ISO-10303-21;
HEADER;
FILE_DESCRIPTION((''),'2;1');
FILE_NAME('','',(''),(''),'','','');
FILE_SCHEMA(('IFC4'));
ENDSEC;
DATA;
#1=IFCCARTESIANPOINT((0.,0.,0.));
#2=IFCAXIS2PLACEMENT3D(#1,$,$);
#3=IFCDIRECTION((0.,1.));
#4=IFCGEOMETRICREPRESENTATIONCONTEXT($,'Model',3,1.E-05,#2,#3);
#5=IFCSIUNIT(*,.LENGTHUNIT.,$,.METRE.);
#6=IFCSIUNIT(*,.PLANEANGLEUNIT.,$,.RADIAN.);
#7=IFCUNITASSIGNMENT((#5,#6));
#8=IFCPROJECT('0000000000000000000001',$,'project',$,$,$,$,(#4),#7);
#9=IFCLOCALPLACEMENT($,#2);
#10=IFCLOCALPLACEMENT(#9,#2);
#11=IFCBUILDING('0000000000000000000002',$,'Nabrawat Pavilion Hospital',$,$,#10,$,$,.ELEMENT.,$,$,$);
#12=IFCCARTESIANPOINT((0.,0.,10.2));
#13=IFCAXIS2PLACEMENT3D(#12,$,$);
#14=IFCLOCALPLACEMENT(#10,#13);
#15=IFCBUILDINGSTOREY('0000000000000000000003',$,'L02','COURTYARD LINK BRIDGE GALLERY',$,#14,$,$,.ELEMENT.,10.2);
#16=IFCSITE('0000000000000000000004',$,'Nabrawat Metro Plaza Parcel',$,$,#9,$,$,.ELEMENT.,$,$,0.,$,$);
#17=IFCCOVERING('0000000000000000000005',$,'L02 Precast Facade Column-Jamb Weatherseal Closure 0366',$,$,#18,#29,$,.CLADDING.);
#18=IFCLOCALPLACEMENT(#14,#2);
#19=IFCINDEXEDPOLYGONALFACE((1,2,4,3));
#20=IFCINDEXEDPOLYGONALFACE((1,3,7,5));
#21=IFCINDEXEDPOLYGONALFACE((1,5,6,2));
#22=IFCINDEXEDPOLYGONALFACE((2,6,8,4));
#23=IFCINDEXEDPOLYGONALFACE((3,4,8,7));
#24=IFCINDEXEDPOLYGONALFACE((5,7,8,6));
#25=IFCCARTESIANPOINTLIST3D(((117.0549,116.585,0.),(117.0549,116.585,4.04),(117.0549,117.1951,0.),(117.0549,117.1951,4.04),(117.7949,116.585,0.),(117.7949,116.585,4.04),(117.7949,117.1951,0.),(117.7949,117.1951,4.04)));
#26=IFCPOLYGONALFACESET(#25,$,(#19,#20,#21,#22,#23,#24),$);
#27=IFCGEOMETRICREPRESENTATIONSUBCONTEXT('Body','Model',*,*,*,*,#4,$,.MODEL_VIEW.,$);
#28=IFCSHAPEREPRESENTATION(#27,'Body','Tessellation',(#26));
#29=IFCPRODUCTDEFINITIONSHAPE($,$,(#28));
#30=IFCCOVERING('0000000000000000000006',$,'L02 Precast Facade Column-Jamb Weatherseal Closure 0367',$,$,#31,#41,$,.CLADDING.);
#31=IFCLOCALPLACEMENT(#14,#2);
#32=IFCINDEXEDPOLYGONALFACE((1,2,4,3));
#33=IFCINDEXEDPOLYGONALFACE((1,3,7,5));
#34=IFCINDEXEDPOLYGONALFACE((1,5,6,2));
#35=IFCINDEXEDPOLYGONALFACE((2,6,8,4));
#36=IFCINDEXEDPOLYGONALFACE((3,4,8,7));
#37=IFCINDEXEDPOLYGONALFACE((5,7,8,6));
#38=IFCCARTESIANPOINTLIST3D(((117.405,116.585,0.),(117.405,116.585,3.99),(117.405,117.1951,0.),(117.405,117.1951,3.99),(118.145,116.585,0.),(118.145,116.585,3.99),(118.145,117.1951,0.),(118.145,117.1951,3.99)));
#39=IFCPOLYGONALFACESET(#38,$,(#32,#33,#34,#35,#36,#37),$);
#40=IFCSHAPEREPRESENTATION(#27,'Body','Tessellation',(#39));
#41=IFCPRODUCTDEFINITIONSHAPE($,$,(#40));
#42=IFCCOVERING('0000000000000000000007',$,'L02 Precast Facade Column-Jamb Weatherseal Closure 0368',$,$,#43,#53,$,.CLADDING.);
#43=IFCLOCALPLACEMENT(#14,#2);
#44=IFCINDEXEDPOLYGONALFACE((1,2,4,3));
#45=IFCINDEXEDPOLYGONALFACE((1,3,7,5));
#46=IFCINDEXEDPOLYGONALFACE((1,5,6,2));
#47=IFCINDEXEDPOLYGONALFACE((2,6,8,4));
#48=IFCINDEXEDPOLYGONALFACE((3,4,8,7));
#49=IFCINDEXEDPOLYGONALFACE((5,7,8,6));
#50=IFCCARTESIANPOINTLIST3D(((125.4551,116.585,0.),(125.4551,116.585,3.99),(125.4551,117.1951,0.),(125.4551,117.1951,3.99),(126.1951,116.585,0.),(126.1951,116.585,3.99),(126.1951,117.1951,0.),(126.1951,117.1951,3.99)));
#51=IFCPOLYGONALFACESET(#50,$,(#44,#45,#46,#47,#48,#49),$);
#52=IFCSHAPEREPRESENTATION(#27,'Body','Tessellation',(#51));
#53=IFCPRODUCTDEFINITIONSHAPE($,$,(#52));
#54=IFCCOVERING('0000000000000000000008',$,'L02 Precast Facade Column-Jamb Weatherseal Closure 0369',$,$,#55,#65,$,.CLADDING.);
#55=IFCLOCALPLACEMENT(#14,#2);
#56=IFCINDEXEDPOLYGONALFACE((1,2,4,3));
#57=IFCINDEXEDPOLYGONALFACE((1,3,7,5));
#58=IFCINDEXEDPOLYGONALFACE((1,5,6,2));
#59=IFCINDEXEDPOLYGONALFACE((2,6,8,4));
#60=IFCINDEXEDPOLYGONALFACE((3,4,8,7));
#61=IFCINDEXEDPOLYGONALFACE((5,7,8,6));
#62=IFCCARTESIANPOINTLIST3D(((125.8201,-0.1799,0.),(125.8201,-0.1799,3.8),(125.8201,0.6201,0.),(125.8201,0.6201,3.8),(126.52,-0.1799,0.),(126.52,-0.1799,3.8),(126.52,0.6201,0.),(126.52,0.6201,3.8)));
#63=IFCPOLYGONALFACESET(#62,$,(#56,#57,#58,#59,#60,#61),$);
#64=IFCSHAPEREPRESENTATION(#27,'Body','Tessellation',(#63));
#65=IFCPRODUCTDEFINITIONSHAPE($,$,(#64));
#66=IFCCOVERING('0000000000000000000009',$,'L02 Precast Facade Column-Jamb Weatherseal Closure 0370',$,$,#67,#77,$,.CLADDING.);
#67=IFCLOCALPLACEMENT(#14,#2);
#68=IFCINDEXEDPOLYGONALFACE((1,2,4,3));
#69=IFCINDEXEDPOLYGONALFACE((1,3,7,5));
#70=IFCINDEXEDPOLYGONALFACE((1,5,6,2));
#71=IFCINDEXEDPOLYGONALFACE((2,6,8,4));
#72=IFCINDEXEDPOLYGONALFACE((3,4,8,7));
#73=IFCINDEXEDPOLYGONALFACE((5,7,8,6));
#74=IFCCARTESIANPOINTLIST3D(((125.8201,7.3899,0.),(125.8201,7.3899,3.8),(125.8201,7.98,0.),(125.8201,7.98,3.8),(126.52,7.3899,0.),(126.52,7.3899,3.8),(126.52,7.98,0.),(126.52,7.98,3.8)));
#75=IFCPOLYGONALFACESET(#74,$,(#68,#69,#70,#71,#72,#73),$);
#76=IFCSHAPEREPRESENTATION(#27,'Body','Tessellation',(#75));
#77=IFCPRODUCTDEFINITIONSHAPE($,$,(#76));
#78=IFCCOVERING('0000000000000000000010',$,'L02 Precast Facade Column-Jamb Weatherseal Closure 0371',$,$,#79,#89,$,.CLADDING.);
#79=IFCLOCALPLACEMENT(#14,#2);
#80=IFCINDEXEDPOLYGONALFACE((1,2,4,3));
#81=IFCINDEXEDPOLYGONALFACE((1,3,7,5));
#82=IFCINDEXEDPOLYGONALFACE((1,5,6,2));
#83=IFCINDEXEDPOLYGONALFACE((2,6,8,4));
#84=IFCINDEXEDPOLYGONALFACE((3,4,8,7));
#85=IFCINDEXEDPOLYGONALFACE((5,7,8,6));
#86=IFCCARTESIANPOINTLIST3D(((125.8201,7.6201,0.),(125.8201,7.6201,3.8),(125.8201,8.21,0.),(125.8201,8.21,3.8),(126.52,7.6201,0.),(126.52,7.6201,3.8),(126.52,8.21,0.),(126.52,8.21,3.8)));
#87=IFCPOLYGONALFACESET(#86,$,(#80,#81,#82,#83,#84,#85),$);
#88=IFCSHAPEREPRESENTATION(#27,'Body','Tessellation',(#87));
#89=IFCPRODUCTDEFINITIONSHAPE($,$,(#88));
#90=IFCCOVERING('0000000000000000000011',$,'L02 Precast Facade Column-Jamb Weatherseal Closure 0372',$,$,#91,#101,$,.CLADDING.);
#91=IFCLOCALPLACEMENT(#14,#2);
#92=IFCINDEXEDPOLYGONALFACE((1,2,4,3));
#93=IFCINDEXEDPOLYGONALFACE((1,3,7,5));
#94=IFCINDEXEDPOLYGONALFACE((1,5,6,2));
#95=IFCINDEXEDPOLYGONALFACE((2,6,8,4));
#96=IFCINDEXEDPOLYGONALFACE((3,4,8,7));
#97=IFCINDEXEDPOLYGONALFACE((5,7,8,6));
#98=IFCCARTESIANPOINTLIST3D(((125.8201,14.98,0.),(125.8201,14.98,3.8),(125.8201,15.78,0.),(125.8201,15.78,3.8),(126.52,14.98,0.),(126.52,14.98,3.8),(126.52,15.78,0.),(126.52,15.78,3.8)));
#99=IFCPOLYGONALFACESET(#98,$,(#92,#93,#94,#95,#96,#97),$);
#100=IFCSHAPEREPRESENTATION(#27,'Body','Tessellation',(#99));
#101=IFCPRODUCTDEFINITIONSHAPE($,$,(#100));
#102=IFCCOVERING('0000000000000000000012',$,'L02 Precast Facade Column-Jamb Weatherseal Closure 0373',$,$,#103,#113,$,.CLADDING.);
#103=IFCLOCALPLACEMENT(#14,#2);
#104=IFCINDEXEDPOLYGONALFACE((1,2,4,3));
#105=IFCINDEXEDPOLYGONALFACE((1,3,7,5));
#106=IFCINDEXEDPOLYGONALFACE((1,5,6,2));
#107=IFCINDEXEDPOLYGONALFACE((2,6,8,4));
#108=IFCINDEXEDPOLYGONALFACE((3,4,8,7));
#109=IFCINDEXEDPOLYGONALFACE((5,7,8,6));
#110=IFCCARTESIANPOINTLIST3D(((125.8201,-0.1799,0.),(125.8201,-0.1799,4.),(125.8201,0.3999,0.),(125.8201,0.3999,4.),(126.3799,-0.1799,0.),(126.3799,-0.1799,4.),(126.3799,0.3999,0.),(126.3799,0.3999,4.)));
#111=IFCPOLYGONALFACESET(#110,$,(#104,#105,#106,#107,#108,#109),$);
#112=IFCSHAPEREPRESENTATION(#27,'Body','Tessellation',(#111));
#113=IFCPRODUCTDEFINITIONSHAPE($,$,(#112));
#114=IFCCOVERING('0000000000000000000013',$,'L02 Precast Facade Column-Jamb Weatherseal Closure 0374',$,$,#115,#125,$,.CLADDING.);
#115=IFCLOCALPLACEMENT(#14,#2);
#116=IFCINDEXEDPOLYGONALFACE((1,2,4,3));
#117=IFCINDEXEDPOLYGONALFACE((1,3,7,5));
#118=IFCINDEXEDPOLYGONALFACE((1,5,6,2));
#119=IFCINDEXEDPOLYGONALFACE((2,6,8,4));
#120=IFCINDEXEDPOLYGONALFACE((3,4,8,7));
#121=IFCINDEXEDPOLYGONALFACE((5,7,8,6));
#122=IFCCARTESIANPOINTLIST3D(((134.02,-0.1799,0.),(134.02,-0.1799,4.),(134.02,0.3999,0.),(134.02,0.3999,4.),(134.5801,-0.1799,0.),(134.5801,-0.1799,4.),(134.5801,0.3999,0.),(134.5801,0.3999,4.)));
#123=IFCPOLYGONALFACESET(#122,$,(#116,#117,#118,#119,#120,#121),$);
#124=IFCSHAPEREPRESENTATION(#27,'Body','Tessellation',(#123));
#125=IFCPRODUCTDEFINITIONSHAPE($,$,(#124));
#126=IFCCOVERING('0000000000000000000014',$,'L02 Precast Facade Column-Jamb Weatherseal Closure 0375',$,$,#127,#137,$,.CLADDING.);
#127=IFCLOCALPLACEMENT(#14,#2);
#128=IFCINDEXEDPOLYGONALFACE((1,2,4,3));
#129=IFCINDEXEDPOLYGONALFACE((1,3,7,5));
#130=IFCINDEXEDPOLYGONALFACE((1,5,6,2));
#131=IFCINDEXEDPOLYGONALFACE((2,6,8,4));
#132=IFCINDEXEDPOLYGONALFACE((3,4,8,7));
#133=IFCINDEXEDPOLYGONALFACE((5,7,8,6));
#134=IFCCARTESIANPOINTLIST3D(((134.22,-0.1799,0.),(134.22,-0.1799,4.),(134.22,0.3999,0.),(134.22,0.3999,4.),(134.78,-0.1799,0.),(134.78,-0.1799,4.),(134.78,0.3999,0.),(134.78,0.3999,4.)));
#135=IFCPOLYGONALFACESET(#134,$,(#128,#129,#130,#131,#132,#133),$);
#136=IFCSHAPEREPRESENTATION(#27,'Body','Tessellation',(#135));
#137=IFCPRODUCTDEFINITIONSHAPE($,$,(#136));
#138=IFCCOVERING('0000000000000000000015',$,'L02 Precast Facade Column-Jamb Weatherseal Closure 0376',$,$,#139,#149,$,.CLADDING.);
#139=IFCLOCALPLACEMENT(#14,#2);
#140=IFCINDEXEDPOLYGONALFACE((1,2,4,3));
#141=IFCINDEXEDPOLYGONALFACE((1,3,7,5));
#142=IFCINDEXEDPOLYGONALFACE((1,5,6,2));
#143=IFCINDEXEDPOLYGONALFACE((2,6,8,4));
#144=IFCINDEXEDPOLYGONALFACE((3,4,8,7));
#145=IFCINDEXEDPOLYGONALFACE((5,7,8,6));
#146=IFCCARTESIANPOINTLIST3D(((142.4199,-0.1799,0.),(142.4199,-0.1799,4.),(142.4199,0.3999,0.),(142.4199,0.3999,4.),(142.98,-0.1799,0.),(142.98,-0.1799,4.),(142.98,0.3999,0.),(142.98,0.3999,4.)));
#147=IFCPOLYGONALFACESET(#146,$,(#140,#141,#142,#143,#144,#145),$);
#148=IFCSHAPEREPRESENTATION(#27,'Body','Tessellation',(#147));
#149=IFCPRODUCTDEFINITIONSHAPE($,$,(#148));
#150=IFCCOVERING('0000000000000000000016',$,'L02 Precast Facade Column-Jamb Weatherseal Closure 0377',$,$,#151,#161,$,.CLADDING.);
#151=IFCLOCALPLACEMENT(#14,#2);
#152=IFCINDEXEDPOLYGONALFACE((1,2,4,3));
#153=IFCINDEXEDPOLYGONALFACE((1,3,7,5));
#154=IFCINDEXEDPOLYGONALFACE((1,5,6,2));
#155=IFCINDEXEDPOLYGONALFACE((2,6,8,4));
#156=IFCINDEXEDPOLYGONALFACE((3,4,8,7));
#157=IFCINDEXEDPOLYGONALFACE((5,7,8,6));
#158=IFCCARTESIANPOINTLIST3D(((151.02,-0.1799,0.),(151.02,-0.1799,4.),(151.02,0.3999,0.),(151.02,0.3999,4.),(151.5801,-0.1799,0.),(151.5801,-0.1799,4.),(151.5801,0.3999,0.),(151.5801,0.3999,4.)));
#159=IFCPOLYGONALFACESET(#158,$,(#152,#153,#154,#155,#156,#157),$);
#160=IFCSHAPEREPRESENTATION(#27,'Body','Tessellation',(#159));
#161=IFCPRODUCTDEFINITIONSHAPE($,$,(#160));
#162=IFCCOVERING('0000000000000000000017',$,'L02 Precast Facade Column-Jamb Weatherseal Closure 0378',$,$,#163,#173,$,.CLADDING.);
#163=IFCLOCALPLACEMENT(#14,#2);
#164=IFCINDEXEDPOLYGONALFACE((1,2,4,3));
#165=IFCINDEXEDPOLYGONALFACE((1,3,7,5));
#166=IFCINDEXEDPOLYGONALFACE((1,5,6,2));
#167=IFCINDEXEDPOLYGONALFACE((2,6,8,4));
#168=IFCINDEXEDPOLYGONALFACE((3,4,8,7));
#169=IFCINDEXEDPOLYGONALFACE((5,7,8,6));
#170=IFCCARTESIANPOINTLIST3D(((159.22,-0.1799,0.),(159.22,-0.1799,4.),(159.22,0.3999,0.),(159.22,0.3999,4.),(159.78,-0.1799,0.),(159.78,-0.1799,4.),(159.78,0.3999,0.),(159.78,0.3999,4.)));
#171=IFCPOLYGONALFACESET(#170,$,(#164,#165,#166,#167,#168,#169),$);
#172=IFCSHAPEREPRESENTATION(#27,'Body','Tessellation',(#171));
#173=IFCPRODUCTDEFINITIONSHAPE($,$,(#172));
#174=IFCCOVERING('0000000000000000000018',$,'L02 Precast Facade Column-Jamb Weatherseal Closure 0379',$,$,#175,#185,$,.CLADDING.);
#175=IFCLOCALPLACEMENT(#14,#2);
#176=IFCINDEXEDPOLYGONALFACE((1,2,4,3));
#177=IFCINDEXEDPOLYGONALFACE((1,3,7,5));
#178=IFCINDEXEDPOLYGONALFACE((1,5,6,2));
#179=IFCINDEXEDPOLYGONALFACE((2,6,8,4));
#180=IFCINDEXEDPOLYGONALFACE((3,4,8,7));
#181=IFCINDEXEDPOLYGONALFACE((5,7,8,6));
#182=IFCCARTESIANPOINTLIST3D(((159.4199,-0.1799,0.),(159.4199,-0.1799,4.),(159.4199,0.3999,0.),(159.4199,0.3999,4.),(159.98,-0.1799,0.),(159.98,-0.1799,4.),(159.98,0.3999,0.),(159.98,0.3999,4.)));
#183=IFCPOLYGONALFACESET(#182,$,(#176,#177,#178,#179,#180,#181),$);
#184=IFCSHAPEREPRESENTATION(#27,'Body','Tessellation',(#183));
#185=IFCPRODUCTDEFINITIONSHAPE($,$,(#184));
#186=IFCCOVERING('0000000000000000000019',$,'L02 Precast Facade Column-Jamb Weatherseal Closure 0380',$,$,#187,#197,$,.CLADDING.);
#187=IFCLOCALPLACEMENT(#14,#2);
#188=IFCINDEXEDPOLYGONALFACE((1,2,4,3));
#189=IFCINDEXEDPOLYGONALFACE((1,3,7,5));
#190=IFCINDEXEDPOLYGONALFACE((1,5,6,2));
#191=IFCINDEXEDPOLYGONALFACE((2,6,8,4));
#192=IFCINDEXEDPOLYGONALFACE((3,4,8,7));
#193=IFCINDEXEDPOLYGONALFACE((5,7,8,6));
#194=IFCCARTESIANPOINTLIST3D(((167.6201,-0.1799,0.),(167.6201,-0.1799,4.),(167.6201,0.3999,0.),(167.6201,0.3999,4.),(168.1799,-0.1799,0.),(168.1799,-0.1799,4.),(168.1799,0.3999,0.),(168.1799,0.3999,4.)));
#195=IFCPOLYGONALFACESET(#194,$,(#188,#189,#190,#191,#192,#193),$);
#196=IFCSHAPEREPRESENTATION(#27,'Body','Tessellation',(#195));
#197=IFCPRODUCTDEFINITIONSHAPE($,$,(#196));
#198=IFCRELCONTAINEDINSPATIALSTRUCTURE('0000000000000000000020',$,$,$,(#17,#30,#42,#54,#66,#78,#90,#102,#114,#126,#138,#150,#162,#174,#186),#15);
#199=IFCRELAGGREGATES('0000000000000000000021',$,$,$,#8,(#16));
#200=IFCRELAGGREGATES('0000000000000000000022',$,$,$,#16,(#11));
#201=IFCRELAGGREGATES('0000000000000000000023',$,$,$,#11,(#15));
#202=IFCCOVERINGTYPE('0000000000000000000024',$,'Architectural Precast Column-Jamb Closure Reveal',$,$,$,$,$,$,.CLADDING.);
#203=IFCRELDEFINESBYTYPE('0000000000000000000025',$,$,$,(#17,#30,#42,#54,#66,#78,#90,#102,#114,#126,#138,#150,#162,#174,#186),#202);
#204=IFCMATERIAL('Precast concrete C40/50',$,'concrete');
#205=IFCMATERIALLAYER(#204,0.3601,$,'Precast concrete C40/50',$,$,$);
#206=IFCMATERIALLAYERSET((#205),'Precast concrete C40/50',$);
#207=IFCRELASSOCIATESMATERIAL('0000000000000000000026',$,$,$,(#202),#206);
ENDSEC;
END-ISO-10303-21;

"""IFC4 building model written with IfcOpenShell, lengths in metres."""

from ifc_helpers import new_model, si_unit, direction, frame, origin, place, context, subcontext, project, spatial, polyline, outline, extrude, material, layer, layer_set, type_object, element, save


model = new_model("IFC4")

# Units and contexts
model_context = context("Model", 3, precision=1e-05, world=origin(), true_north=direction((0.0, 1.0)))
body_context = subcontext(model_context, "Body", "Model", "MODEL_VIEW")
ifc_project = project(units=[si_unit("LENGTHUNIT", "METRE"), si_unit("PLANEANGLEUNIT", "RADIAN")], contexts=[model_context])

# Site, building, storey
site_placement = place(None, origin())
site = spatial("IfcSite", under=ifc_project, at=site_placement, Name="Nabrawat Metro Plaza Parcel", CompositionType="ELEMENT", RefElevation=0.0)
building_placement = place(site_placement, origin())
building = spatial("IfcBuilding", under=site, at=building_placement, Name="Nabrawat Pavilion Hospital", CompositionType="ELEMENT")
storey_placement = place(building_placement, frame((0.0, 0.0, 10.2)))
storey = spatial("IfcBuildingStorey", under=building, at=storey_placement, Name="L02", Description="COURTYARD LINK BRIDGE GALLERY", CompositionType="ELEMENT", Elevation=10.2)

# Coverings
ifc_material = material(Name="Precast concrete C40/50", Category="concrete")
ifc_layer = layer(ifc_material, 0.3601, Name="Precast concrete C40/50")
ifc_layer_set = layer_set([ifc_layer], Name="Precast concrete C40/50")
covering_type = type_object("IfcCoveringType", Name="Architectural Precast Column-Jamb Closure Reveal", PredefinedType="CLADDING", material=ifc_layer_set)
covering_1_placement = place(storey_placement, origin())
element("IfcCovering", 1, at=covering_1_placement, inside=storey, type_object=covering_type, Name="L02 Precast Facade Column-Jamb Weatherseal Closure 0366", PredefinedType="CLADDING", context=body_context, shape_type="SweptSolid", body=[
    extrude(outline(polyline([(117.7949, 116.585), (117.7949, 117.1951), (117.0549, 117.1951), (117.0549, 116.585), (117.7949, 116.585)])), origin(), (0.0, 0.0, 1.0), 4.04),
])
covering_2_placement = place(storey_placement, origin())
element("IfcCovering", 2, at=covering_2_placement, inside=storey, type_object=covering_type, Name="L02 Precast Facade Column-Jamb Weatherseal Closure 0367", PredefinedType="CLADDING", context=body_context, shape_type="SweptSolid", body=[
    extrude(outline(polyline([(118.145, 116.585), (118.145, 117.1951), (117.405, 117.1951), (117.405, 116.585), (118.145, 116.585)])), origin(), (0.0, 0.0, 1.0), 3.99),
])
covering_3_placement = place(storey_placement, origin())
element("IfcCovering", 3, at=covering_3_placement, inside=storey, type_object=covering_type, Name="L02 Precast Facade Column-Jamb Weatherseal Closure 0368", PredefinedType="CLADDING", context=body_context, shape_type="SweptSolid", body=[
    extrude(outline(polyline([(126.1951, 116.585), (126.1951, 117.1951), (125.4551, 117.1951), (125.4551, 116.585), (126.1951, 116.585)])), origin(), (0.0, 0.0, 1.0), 3.99),
])
covering_4_placement = place(storey_placement, origin())
element("IfcCovering", 4, at=covering_4_placement, inside=storey, type_object=covering_type, Name="L02 Precast Facade Column-Jamb Weatherseal Closure 0369", PredefinedType="CLADDING", context=body_context, shape_type="SweptSolid", body=[
    extrude(outline(polyline([(126.52, -0.1799), (126.52, 0.6201), (125.8201, 0.6201), (125.8201, -0.1799), (126.52, -0.1799)])), origin(), (0.0, 0.0, 1.0), 3.8),
])
covering_5_placement = place(storey_placement, origin())
element("IfcCovering", 5, at=covering_5_placement, inside=storey, type_object=covering_type, Name="L02 Precast Facade Column-Jamb Weatherseal Closure 0370", PredefinedType="CLADDING", context=body_context, shape_type="SweptSolid", body=[
    extrude(outline(polyline([(126.52, 7.3899), (126.52, 7.98), (125.8201, 7.98), (125.8201, 7.3899), (126.52, 7.3899)])), origin(), (0.0, 0.0, 1.0), 3.8),
])
covering_6_placement = place(storey_placement, origin())
element("IfcCovering", 6, at=covering_6_placement, inside=storey, type_object=covering_type, Name="L02 Precast Facade Column-Jamb Weatherseal Closure 0371", PredefinedType="CLADDING", context=body_context, shape_type="SweptSolid", body=[
    extrude(outline(polyline([(126.52, 7.6201), (126.52, 8.21), (125.8201, 8.21), (125.8201, 7.6201), (126.52, 7.6201)])), origin(), (0.0, 0.0, 1.0), 3.8),
])
covering_7_placement = place(storey_placement, origin())
element("IfcCovering", 7, at=covering_7_placement, inside=storey, type_object=covering_type, Name="L02 Precast Facade Column-Jamb Weatherseal Closure 0372", PredefinedType="CLADDING", context=body_context, shape_type="SweptSolid", body=[
    extrude(outline(polyline([(126.52, 14.98), (126.52, 15.78), (125.8201, 15.78), (125.8201, 14.98), (126.52, 14.98)])), origin(), (0.0, 0.0, 1.0), 3.8),
])
covering_8_placement = place(storey_placement, origin())
element("IfcCovering", 8, at=covering_8_placement, inside=storey, type_object=covering_type, Name="L02 Precast Facade Column-Jamb Weatherseal Closure 0373", PredefinedType="CLADDING", context=body_context, shape_type="SweptSolid", body=[
    extrude(outline(polyline([(126.3799, -0.1799), (126.3799, 0.3999), (125.8201, 0.3999), (125.8201, -0.1799), (126.3799, -0.1799)])), origin(), (0.0, 0.0, 1.0), 4.0),
])
covering_9_placement = place(storey_placement, origin())
element("IfcCovering", 9, at=covering_9_placement, inside=storey, type_object=covering_type, Name="L02 Precast Facade Column-Jamb Weatherseal Closure 0374", PredefinedType="CLADDING", context=body_context, shape_type="SweptSolid", body=[
    extrude(outline(polyline([(134.5801, -0.1799), (134.5801, 0.3999), (134.02, 0.3999), (134.02, -0.1799), (134.5801, -0.1799)])), origin(), (0.0, 0.0, 1.0), 4.0),
])
covering_10_placement = place(storey_placement, origin())
element("IfcCovering", 10, at=covering_10_placement, inside=storey, type_object=covering_type, Name="L02 Precast Facade Column-Jamb Weatherseal Closure 0375", PredefinedType="CLADDING", context=body_context, shape_type="SweptSolid", body=[
    extrude(outline(polyline([(134.78, -0.1799), (134.78, 0.3999), (134.22, 0.3999), (134.22, -0.1799), (134.78, -0.1799)])), origin(), (0.0, 0.0, 1.0), 4.0),
])
covering_11_placement = place(storey_placement, origin())
element("IfcCovering", 11, at=covering_11_placement, inside=storey, type_object=covering_type, Name="L02 Precast Facade Column-Jamb Weatherseal Closure 0376", PredefinedType="CLADDING", context=body_context, shape_type="SweptSolid", body=[
    extrude(outline(polyline([(142.98, -0.1799), (142.98, 0.3999), (142.4199, 0.3999), (142.4199, -0.1799), (142.98, -0.1799)])), origin(), (0.0, 0.0, 1.0), 4.0),
])
covering_12_placement = place(storey_placement, origin())
element("IfcCovering", 12, at=covering_12_placement, inside=storey, type_object=covering_type, Name="L02 Precast Facade Column-Jamb Weatherseal Closure 0377", PredefinedType="CLADDING", context=body_context, shape_type="SweptSolid", body=[
    extrude(outline(polyline([(151.5801, -0.1799), (151.5801, 0.3999), (151.02, 0.3999), (151.02, -0.1799), (151.5801, -0.1799)])), origin(), (0.0, 0.0, 1.0), 4.0),
])
covering_13_placement = place(storey_placement, origin())
element("IfcCovering", 13, at=covering_13_placement, inside=storey, type_object=covering_type, Name="L02 Precast Facade Column-Jamb Weatherseal Closure 0378", PredefinedType="CLADDING", context=body_context, shape_type="SweptSolid", body=[
    extrude(outline(polyline([(159.78, -0.1799), (159.78, 0.3999), (159.22, 0.3999), (159.22, -0.1799), (159.78, -0.1799)])), origin(), (0.0, 0.0, 1.0), 4.0),
])
covering_14_placement = place(storey_placement, origin())
element("IfcCovering", 14, at=covering_14_placement, inside=storey, type_object=covering_type, Name="L02 Precast Facade Column-Jamb Weatherseal Closure 0379", PredefinedType="CLADDING", context=body_context, shape_type="SweptSolid", body=[
    extrude(outline(polyline([(159.98, -0.1799), (159.98, 0.3999), (159.4199, 0.3999), (159.4199, -0.1799), (159.98, -0.1799)])), origin(), (0.0, 0.0, 1.0), 4.0),
])
covering_15_placement = place(storey_placement, origin())
element("IfcCovering", 15, at=covering_15_placement, inside=storey, type_object=covering_type, Name="L02 Precast Facade Column-Jamb Weatherseal Closure 0380", PredefinedType="CLADDING", context=body_context, shape_type="SweptSolid", body=[
    extrude(outline(polyline([(168.1799, -0.1799), (168.1799, 0.3999), (167.6201, 0.3999), (167.6201, -0.1799), (168.1799, -0.1799)])), origin(), (0.0, 0.0, 1.0), 4.0),
])

save(model, "model.ifc")
